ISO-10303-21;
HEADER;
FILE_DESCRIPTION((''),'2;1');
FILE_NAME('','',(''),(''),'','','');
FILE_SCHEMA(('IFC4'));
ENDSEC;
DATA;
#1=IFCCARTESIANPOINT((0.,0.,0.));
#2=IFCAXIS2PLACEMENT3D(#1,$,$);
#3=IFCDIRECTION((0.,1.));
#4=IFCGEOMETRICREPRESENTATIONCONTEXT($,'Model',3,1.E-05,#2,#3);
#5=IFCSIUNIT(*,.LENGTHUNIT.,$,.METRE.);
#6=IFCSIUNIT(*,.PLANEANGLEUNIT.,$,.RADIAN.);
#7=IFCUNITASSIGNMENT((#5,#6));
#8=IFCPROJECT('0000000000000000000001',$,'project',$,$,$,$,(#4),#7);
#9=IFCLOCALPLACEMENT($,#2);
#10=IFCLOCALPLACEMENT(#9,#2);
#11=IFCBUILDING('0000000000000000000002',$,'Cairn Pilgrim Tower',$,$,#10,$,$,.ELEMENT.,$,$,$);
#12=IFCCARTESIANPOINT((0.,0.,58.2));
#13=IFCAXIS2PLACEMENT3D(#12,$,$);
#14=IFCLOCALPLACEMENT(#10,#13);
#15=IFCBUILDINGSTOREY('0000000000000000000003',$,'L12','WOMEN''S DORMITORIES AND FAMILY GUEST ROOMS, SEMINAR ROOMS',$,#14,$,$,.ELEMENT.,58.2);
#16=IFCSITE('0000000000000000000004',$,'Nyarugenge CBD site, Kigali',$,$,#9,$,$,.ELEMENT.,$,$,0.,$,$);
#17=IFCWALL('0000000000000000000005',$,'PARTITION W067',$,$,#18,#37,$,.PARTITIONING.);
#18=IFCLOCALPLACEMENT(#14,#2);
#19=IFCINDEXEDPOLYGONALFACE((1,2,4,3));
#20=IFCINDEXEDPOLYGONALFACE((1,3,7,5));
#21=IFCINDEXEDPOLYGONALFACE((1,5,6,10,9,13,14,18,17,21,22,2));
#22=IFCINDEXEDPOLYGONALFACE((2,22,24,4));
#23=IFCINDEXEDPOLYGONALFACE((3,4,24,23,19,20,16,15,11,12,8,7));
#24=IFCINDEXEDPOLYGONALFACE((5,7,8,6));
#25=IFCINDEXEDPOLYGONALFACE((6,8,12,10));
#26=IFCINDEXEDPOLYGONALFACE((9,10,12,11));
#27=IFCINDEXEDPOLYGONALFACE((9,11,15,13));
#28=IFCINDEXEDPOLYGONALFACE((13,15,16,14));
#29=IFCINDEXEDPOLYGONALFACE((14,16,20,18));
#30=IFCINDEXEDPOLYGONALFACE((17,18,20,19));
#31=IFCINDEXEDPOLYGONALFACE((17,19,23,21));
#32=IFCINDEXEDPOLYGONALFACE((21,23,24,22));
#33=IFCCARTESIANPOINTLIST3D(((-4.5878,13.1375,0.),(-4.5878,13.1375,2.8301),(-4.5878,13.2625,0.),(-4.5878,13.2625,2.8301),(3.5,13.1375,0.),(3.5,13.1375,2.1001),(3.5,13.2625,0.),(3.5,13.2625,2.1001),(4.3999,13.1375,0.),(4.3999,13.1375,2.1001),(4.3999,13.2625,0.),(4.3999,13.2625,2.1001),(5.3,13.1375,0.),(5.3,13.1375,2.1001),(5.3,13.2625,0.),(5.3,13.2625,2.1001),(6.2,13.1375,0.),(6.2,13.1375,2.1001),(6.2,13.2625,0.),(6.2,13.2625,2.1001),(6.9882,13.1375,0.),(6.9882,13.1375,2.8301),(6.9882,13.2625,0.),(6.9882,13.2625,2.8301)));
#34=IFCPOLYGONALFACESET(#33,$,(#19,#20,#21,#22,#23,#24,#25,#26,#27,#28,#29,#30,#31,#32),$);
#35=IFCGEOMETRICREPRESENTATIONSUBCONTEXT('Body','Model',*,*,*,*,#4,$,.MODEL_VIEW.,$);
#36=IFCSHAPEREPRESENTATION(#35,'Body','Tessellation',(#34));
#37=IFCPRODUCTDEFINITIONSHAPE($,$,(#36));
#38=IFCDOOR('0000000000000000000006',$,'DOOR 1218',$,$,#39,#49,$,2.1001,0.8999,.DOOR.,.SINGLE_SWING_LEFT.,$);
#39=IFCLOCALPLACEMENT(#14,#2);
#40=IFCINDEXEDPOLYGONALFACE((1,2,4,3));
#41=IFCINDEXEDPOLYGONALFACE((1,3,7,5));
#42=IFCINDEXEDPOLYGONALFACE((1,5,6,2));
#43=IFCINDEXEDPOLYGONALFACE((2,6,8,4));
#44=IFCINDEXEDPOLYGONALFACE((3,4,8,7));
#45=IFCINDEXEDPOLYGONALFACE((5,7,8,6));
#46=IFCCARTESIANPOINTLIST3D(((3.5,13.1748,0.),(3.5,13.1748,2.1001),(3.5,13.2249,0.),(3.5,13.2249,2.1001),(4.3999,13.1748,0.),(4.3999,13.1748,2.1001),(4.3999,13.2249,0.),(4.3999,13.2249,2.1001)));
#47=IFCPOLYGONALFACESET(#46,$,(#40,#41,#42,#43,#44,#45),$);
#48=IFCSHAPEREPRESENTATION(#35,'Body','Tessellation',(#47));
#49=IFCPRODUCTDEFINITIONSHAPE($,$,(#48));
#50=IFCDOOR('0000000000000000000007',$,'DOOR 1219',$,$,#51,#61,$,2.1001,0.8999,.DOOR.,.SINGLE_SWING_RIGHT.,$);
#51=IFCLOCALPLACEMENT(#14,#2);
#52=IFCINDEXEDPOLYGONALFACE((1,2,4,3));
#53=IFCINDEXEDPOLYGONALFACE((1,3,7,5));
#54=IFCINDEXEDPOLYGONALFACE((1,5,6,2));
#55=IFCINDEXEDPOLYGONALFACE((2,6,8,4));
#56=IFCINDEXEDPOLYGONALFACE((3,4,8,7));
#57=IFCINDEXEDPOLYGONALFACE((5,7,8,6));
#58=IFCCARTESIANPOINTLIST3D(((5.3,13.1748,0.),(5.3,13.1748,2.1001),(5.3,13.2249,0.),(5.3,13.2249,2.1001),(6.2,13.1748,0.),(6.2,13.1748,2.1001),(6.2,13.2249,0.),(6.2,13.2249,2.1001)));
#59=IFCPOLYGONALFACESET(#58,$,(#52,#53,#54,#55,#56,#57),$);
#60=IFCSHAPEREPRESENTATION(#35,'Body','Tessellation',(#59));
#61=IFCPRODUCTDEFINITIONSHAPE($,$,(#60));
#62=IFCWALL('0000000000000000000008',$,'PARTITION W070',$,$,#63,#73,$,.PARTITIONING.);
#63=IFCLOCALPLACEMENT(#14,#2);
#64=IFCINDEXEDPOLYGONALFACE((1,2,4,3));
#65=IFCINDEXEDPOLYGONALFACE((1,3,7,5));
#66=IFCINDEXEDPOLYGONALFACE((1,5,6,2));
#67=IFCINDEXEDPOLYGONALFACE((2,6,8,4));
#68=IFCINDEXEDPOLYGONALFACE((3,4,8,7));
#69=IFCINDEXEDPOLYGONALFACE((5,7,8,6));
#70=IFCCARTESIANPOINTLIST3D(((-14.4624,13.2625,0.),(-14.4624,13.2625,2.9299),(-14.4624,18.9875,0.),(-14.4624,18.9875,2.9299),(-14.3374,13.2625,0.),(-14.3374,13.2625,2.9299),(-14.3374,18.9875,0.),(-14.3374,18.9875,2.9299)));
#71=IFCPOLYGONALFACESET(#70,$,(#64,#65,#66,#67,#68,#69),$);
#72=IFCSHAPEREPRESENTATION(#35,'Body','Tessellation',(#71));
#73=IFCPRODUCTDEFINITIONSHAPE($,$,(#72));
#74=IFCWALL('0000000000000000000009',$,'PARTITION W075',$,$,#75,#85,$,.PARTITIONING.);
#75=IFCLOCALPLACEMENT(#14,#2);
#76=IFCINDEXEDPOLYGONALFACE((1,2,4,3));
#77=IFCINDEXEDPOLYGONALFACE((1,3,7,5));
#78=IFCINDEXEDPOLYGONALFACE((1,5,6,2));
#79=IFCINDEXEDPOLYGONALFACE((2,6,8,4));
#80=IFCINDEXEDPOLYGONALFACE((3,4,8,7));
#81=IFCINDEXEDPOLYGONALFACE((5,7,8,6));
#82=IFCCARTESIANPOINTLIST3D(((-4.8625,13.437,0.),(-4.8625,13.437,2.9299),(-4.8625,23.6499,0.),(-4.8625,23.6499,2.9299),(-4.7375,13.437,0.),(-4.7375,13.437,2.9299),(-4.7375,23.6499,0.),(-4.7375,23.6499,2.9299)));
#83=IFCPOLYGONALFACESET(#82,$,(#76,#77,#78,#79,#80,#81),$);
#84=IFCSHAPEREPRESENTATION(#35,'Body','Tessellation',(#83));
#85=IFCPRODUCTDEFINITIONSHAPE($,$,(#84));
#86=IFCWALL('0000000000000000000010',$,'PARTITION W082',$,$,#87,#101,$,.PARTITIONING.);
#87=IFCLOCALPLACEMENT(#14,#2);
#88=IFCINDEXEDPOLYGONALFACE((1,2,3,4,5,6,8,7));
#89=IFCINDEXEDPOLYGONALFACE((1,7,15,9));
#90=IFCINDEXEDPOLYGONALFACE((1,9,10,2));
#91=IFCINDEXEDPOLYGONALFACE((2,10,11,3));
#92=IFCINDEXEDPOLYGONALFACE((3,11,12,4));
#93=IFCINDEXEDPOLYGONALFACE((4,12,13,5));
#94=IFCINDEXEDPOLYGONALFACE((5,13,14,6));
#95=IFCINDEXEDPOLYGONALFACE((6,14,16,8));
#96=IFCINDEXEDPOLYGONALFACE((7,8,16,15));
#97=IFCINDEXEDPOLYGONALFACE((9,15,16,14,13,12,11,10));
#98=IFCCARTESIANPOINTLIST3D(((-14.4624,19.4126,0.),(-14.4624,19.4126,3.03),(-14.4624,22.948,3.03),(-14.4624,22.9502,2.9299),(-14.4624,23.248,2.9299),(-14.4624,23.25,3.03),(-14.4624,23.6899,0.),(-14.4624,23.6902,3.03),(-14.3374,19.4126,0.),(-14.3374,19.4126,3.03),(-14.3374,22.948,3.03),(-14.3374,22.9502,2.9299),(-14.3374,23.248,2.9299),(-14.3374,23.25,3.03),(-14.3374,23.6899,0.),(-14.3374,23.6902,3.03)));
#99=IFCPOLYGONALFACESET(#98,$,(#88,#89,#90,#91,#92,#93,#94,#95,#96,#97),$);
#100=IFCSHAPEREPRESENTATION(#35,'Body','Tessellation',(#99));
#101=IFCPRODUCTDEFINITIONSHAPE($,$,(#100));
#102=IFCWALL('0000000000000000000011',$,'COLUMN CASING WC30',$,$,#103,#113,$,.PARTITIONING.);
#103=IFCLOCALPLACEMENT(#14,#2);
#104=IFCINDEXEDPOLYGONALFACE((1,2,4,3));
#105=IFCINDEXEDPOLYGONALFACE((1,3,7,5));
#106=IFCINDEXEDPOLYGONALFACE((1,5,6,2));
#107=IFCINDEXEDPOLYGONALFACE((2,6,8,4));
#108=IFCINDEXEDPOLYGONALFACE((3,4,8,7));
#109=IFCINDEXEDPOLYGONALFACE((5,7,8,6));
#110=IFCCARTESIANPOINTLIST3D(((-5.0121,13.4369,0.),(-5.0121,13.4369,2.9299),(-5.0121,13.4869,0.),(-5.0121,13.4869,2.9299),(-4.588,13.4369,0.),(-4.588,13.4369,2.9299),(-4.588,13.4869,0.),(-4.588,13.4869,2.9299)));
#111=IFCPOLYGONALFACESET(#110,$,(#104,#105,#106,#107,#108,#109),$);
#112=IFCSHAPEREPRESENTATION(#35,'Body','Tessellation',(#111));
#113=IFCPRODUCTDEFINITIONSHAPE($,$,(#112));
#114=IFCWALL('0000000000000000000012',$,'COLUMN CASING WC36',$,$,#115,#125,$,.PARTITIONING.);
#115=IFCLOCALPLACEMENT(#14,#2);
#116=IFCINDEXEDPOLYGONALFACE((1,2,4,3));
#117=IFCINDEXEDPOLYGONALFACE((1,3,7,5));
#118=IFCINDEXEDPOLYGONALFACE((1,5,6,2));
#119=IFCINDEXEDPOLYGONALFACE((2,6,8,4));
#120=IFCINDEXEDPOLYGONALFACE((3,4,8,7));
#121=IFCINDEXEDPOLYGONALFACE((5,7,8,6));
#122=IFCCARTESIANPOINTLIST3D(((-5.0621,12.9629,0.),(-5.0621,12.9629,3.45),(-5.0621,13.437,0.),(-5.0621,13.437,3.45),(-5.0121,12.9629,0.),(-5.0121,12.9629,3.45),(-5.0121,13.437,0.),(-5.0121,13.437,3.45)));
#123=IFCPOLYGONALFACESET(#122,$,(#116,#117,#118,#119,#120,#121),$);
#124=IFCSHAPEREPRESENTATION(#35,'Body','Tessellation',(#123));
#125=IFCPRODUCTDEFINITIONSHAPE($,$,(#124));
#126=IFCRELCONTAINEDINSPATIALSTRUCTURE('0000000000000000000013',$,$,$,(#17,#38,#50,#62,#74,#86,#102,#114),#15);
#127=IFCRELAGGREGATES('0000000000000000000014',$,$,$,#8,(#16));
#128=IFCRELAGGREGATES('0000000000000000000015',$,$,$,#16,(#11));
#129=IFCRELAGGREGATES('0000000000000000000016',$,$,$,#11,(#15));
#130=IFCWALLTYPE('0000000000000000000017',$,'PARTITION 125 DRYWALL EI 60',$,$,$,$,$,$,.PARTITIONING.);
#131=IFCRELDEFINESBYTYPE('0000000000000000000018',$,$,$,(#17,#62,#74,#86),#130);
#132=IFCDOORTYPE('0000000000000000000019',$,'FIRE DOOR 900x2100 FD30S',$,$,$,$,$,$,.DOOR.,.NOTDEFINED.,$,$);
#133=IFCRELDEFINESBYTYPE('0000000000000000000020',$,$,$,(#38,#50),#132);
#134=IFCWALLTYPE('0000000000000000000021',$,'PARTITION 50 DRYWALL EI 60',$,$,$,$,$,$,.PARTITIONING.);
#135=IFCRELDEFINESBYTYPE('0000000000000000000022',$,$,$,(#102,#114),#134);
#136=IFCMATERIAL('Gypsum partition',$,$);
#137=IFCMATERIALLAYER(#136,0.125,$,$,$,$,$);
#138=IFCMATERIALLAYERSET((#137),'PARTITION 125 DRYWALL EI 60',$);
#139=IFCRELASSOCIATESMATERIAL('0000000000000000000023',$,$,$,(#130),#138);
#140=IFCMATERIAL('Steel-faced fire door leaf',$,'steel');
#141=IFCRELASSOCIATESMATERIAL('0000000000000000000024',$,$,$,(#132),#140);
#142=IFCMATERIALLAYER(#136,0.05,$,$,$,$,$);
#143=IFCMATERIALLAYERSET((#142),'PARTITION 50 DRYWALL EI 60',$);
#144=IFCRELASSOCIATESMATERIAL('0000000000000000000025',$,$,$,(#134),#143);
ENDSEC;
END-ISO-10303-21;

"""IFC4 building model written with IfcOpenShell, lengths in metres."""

from ifc_helpers import new_model, si_unit, direction, frame, frame_2d, origin, place, context, subcontext, project, spatial, polyline, rectangle, outline, extrude, material, layer, layer_set, type_object, element, fill, save


model = new_model("IFC4")

# Units and contexts
model_context = context("Model", 3, precision=1e-05, world=origin(), true_north=direction((0.0, 1.0)))
body_context = subcontext(model_context, "Body", "Model", "MODEL_VIEW")
ifc_project = project(units=[si_unit("LENGTHUNIT", "METRE"), si_unit("PLANEANGLEUNIT", "RADIAN")], contexts=[model_context])

# Site, building, storey
site_placement = place(None, origin())
site = spatial("IfcSite", under=ifc_project, at=site_placement, Name="Nyarugenge CBD site, Kigali", CompositionType="ELEMENT", RefElevation=0.0)
building_placement = place(site_placement, origin())
building = spatial("IfcBuilding", under=site, at=building_placement, Name="Cairn Pilgrim Tower", CompositionType="ELEMENT")
storey_placement = place(building_placement, frame((0.0, 0.0, 58.2)))
storey = spatial("IfcBuildingStorey", under=building, at=storey_placement, Name="L12", Description="WOMEN'S DORMITORIES AND FAMILY GUEST ROOMS, SEMINAR ROOMS", CompositionType="ELEMENT", Elevation=58.2)

# Wall, openings, doors
ifc_material_1 = material(Name="Gypsum partition")
ifc_layer_1 = layer(ifc_material_1, 0.125)
ifc_layer_set_1 = layer_set([ifc_layer_1], Name="PARTITION 125 DRYWALL EI 60")
wall_type_1 = type_object("IfcWallType", Name="PARTITION 125 DRYWALL EI 60", PredefinedType="PARTITIONING", material=ifc_layer_set_1)
wall_1_placement = place(storey_placement, frame((-4.5879, 13.2, 0.0), z_axis=(0.0, 0.0, 1.0), x_axis=(1.0, 0.0, 0.0)))
wall_1 = element("IfcWall", 1, at=wall_1_placement, inside=storey, type_object=wall_type_1, Name="PARTITION W067", PredefinedType="PARTITIONING", context=body_context, shape_type="SweptSolid", body=[
    extrude(rectangle(XDim=11.5759, YDim=0.125, at=frame_2d((5.7881, 0.0))), origin(), (0.0, 0.0, 1.0), 2.8301),
])
opening_1_placement = place(wall_1_placement, frame((8.0879, 0.0, 0.0)))
opening_1 = element("IfcOpeningElement", 2, at=opening_1_placement, cuts=wall_1, PredefinedType="OPENING", context=body_context, shape_type="SweptSolid", body=[
    extrude(rectangle(XDim=0.8999, YDim=2.1001, at=frame_2d((0.45, 1.05))), frame((0.0, 0.0725, 0.0), z_axis=(0.0, -1.0, 0.0), x_axis=(1.0, 0.0, 0.0)), (0.0, 0.0, 1.0), 0.145),
])
opening_2_placement = place(wall_1_placement, frame((9.8879, 0.0, 0.0)))
opening_2 = element("IfcOpeningElement", 3, at=opening_2_placement, cuts=wall_1, PredefinedType="OPENING", context=body_context, shape_type="SweptSolid", body=[
    extrude(rectangle(XDim=0.8999, YDim=2.1001, at=frame_2d((0.45, 1.05))), frame((0.0, 0.0725, 0.0), z_axis=(0.0, -1.0, 0.0), x_axis=(1.0, 0.0, 0.0)), (0.0, 0.0, 1.0), 0.145),
])
ifc_material_2 = material(Name="Steel-faced fire door leaf", Category="steel")
door_type_1 = type_object("IfcDoorType", Name="FIRE DOOR 900x2100 FD30S", OperationType="NOTDEFINED", PredefinedType="DOOR", material=ifc_material_2)
door_1_placement = place(opening_1_placement, origin())
door_1 = element("IfcDoor", 4, at=door_1_placement, inside=storey, type_object=door_type_1, Name="DOOR 1218", OperationType="SINGLE_SWING_LEFT", OverallHeight=2.1001, OverallWidth=0.8999, PredefinedType="DOOR", context=body_context, shape_type="SweptSolid", body=[
    extrude(rectangle(XDim=0.8999, YDim=2.1001, at=frame_2d((0.45, 1.05))), frame((0.0, 0.0249, 0.0), z_axis=(0.0, -1.0, 0.0), x_axis=(1.0, 0.0, 0.0)), (0.0, 0.0, 1.0), 0.05),
])
fill(opening_1, door_1)
door_2_placement = place(opening_2_placement, origin())
door_2 = element("IfcDoor", 5, at=door_2_placement, inside=storey, type_object=door_type_1, Name="DOOR 1219", OperationType="SINGLE_SWING_RIGHT", OverallHeight=2.1001, OverallWidth=0.8999, PredefinedType="DOOR", context=body_context, shape_type="SweptSolid", body=[
    extrude(rectangle(XDim=0.8999, YDim=2.1001, at=frame_2d((0.45, 1.05))), frame((0.0, 0.0249, 0.0), z_axis=(0.0, -1.0, 0.0), x_axis=(1.0, 0.0, 0.0)), (0.0, 0.0, 1.0), 0.05),
])
fill(opening_2, door_2)

# Walls
wall_2_placement = place(storey_placement, frame((-14.3999, 13.2625, 0.0), z_axis=(0.0, 0.0, 1.0), x_axis=(0.0, 1.0, 0.0)))
element("IfcWall", 6, at=wall_2_placement, inside=storey, type_object=wall_type_1, Name="PARTITION W070", PredefinedType="PARTITIONING", context=body_context, shape_type="SweptSolid", body=[
    extrude(rectangle(XDim=5.7251, YDim=0.125, at=frame_2d((2.8625, 0.0))), origin(), (0.0, 0.0, 1.0), 2.9299),
])
wall_3_placement = place(storey_placement, frame((-4.8, 13.437, 0.0), z_axis=(0.0, 0.0, 1.0), x_axis=(0.0, 1.0, 0.0)))
element("IfcWall", 7, at=wall_3_placement, inside=storey, type_object=wall_type_1, Name="PARTITION W075", PredefinedType="PARTITIONING", context=body_context, shape_type="SweptSolid", body=[
    extrude(rectangle(XDim=10.2129, YDim=0.125, at=frame_2d((5.1064, 0.0))), origin(), (0.0, 0.0, 1.0), 2.9299),
])
wall_4_placement = place(storey_placement, frame((-14.3999, 19.4126, 0.0), z_axis=(0.0, 0.0, 1.0), x_axis=(0.0, 1.0, 0.0)))
element("IfcWall", 8, at=wall_4_placement, inside=storey, type_object=wall_type_1, Name="PARTITION W082", PredefinedType="PARTITIONING", context=body_context, shape_type="SweptSolid", body=[
    extrude(outline(polyline([(0.0, 0.0), (4.2773, 0.0), (4.2776, 3.03), (3.8374, 3.03), (3.8354, 2.9299), (3.5376, 2.9299), (3.5354, 3.03), (0.0, 3.03), (0.0, 0.0)])), frame((0.0, 0.0625, 0.0), z_axis=(0.0, -1.0, 0.0), x_axis=(1.0, 0.0, 0.0)), (0.0, 0.0, 1.0), 0.125),
])
ifc_layer_2 = layer(ifc_material_1, 0.05)
ifc_layer_set_2 = layer_set([ifc_layer_2], Name="PARTITION 50 DRYWALL EI 60")
wall_type_2 = type_object("IfcWallType", Name="PARTITION 50 DRYWALL EI 60", PredefinedType="PARTITIONING", material=ifc_layer_set_2)
wall_5_placement = place(storey_placement, frame((-5.012, 13.4619, 0.0), z_axis=(0.0, 0.0, 1.0), x_axis=(1.0, 0.0, 0.0)))
element("IfcWall", 9, at=wall_5_placement, inside=storey, type_object=wall_type_2, Name="COLUMN CASING WC30", PredefinedType="PARTITIONING", context=body_context, shape_type="SweptSolid", body=[
    extrude(rectangle(XDim=0.4241, YDim=0.05, at=frame_2d((0.2119, 0.0))), origin(), (0.0, 0.0, 1.0), 2.9299),
])
wall_6_placement = place(storey_placement, frame((-5.0371, 12.9629, 0.0), z_axis=(0.0, 0.0, 1.0), x_axis=(0.0, 1.0, 0.0)))
element("IfcWall", 10, at=wall_6_placement, inside=storey, type_object=wall_type_2, Name="COLUMN CASING WC36", PredefinedType="PARTITIONING", context=body_context, shape_type="SweptSolid", body=[
    extrude(rectangle(XDim=0.4741, YDim=0.05, at=frame_2d((0.2371, 0.0))), origin(), (0.0, 0.0, 1.0), 3.45),
])

save(model, "model.ifc")
